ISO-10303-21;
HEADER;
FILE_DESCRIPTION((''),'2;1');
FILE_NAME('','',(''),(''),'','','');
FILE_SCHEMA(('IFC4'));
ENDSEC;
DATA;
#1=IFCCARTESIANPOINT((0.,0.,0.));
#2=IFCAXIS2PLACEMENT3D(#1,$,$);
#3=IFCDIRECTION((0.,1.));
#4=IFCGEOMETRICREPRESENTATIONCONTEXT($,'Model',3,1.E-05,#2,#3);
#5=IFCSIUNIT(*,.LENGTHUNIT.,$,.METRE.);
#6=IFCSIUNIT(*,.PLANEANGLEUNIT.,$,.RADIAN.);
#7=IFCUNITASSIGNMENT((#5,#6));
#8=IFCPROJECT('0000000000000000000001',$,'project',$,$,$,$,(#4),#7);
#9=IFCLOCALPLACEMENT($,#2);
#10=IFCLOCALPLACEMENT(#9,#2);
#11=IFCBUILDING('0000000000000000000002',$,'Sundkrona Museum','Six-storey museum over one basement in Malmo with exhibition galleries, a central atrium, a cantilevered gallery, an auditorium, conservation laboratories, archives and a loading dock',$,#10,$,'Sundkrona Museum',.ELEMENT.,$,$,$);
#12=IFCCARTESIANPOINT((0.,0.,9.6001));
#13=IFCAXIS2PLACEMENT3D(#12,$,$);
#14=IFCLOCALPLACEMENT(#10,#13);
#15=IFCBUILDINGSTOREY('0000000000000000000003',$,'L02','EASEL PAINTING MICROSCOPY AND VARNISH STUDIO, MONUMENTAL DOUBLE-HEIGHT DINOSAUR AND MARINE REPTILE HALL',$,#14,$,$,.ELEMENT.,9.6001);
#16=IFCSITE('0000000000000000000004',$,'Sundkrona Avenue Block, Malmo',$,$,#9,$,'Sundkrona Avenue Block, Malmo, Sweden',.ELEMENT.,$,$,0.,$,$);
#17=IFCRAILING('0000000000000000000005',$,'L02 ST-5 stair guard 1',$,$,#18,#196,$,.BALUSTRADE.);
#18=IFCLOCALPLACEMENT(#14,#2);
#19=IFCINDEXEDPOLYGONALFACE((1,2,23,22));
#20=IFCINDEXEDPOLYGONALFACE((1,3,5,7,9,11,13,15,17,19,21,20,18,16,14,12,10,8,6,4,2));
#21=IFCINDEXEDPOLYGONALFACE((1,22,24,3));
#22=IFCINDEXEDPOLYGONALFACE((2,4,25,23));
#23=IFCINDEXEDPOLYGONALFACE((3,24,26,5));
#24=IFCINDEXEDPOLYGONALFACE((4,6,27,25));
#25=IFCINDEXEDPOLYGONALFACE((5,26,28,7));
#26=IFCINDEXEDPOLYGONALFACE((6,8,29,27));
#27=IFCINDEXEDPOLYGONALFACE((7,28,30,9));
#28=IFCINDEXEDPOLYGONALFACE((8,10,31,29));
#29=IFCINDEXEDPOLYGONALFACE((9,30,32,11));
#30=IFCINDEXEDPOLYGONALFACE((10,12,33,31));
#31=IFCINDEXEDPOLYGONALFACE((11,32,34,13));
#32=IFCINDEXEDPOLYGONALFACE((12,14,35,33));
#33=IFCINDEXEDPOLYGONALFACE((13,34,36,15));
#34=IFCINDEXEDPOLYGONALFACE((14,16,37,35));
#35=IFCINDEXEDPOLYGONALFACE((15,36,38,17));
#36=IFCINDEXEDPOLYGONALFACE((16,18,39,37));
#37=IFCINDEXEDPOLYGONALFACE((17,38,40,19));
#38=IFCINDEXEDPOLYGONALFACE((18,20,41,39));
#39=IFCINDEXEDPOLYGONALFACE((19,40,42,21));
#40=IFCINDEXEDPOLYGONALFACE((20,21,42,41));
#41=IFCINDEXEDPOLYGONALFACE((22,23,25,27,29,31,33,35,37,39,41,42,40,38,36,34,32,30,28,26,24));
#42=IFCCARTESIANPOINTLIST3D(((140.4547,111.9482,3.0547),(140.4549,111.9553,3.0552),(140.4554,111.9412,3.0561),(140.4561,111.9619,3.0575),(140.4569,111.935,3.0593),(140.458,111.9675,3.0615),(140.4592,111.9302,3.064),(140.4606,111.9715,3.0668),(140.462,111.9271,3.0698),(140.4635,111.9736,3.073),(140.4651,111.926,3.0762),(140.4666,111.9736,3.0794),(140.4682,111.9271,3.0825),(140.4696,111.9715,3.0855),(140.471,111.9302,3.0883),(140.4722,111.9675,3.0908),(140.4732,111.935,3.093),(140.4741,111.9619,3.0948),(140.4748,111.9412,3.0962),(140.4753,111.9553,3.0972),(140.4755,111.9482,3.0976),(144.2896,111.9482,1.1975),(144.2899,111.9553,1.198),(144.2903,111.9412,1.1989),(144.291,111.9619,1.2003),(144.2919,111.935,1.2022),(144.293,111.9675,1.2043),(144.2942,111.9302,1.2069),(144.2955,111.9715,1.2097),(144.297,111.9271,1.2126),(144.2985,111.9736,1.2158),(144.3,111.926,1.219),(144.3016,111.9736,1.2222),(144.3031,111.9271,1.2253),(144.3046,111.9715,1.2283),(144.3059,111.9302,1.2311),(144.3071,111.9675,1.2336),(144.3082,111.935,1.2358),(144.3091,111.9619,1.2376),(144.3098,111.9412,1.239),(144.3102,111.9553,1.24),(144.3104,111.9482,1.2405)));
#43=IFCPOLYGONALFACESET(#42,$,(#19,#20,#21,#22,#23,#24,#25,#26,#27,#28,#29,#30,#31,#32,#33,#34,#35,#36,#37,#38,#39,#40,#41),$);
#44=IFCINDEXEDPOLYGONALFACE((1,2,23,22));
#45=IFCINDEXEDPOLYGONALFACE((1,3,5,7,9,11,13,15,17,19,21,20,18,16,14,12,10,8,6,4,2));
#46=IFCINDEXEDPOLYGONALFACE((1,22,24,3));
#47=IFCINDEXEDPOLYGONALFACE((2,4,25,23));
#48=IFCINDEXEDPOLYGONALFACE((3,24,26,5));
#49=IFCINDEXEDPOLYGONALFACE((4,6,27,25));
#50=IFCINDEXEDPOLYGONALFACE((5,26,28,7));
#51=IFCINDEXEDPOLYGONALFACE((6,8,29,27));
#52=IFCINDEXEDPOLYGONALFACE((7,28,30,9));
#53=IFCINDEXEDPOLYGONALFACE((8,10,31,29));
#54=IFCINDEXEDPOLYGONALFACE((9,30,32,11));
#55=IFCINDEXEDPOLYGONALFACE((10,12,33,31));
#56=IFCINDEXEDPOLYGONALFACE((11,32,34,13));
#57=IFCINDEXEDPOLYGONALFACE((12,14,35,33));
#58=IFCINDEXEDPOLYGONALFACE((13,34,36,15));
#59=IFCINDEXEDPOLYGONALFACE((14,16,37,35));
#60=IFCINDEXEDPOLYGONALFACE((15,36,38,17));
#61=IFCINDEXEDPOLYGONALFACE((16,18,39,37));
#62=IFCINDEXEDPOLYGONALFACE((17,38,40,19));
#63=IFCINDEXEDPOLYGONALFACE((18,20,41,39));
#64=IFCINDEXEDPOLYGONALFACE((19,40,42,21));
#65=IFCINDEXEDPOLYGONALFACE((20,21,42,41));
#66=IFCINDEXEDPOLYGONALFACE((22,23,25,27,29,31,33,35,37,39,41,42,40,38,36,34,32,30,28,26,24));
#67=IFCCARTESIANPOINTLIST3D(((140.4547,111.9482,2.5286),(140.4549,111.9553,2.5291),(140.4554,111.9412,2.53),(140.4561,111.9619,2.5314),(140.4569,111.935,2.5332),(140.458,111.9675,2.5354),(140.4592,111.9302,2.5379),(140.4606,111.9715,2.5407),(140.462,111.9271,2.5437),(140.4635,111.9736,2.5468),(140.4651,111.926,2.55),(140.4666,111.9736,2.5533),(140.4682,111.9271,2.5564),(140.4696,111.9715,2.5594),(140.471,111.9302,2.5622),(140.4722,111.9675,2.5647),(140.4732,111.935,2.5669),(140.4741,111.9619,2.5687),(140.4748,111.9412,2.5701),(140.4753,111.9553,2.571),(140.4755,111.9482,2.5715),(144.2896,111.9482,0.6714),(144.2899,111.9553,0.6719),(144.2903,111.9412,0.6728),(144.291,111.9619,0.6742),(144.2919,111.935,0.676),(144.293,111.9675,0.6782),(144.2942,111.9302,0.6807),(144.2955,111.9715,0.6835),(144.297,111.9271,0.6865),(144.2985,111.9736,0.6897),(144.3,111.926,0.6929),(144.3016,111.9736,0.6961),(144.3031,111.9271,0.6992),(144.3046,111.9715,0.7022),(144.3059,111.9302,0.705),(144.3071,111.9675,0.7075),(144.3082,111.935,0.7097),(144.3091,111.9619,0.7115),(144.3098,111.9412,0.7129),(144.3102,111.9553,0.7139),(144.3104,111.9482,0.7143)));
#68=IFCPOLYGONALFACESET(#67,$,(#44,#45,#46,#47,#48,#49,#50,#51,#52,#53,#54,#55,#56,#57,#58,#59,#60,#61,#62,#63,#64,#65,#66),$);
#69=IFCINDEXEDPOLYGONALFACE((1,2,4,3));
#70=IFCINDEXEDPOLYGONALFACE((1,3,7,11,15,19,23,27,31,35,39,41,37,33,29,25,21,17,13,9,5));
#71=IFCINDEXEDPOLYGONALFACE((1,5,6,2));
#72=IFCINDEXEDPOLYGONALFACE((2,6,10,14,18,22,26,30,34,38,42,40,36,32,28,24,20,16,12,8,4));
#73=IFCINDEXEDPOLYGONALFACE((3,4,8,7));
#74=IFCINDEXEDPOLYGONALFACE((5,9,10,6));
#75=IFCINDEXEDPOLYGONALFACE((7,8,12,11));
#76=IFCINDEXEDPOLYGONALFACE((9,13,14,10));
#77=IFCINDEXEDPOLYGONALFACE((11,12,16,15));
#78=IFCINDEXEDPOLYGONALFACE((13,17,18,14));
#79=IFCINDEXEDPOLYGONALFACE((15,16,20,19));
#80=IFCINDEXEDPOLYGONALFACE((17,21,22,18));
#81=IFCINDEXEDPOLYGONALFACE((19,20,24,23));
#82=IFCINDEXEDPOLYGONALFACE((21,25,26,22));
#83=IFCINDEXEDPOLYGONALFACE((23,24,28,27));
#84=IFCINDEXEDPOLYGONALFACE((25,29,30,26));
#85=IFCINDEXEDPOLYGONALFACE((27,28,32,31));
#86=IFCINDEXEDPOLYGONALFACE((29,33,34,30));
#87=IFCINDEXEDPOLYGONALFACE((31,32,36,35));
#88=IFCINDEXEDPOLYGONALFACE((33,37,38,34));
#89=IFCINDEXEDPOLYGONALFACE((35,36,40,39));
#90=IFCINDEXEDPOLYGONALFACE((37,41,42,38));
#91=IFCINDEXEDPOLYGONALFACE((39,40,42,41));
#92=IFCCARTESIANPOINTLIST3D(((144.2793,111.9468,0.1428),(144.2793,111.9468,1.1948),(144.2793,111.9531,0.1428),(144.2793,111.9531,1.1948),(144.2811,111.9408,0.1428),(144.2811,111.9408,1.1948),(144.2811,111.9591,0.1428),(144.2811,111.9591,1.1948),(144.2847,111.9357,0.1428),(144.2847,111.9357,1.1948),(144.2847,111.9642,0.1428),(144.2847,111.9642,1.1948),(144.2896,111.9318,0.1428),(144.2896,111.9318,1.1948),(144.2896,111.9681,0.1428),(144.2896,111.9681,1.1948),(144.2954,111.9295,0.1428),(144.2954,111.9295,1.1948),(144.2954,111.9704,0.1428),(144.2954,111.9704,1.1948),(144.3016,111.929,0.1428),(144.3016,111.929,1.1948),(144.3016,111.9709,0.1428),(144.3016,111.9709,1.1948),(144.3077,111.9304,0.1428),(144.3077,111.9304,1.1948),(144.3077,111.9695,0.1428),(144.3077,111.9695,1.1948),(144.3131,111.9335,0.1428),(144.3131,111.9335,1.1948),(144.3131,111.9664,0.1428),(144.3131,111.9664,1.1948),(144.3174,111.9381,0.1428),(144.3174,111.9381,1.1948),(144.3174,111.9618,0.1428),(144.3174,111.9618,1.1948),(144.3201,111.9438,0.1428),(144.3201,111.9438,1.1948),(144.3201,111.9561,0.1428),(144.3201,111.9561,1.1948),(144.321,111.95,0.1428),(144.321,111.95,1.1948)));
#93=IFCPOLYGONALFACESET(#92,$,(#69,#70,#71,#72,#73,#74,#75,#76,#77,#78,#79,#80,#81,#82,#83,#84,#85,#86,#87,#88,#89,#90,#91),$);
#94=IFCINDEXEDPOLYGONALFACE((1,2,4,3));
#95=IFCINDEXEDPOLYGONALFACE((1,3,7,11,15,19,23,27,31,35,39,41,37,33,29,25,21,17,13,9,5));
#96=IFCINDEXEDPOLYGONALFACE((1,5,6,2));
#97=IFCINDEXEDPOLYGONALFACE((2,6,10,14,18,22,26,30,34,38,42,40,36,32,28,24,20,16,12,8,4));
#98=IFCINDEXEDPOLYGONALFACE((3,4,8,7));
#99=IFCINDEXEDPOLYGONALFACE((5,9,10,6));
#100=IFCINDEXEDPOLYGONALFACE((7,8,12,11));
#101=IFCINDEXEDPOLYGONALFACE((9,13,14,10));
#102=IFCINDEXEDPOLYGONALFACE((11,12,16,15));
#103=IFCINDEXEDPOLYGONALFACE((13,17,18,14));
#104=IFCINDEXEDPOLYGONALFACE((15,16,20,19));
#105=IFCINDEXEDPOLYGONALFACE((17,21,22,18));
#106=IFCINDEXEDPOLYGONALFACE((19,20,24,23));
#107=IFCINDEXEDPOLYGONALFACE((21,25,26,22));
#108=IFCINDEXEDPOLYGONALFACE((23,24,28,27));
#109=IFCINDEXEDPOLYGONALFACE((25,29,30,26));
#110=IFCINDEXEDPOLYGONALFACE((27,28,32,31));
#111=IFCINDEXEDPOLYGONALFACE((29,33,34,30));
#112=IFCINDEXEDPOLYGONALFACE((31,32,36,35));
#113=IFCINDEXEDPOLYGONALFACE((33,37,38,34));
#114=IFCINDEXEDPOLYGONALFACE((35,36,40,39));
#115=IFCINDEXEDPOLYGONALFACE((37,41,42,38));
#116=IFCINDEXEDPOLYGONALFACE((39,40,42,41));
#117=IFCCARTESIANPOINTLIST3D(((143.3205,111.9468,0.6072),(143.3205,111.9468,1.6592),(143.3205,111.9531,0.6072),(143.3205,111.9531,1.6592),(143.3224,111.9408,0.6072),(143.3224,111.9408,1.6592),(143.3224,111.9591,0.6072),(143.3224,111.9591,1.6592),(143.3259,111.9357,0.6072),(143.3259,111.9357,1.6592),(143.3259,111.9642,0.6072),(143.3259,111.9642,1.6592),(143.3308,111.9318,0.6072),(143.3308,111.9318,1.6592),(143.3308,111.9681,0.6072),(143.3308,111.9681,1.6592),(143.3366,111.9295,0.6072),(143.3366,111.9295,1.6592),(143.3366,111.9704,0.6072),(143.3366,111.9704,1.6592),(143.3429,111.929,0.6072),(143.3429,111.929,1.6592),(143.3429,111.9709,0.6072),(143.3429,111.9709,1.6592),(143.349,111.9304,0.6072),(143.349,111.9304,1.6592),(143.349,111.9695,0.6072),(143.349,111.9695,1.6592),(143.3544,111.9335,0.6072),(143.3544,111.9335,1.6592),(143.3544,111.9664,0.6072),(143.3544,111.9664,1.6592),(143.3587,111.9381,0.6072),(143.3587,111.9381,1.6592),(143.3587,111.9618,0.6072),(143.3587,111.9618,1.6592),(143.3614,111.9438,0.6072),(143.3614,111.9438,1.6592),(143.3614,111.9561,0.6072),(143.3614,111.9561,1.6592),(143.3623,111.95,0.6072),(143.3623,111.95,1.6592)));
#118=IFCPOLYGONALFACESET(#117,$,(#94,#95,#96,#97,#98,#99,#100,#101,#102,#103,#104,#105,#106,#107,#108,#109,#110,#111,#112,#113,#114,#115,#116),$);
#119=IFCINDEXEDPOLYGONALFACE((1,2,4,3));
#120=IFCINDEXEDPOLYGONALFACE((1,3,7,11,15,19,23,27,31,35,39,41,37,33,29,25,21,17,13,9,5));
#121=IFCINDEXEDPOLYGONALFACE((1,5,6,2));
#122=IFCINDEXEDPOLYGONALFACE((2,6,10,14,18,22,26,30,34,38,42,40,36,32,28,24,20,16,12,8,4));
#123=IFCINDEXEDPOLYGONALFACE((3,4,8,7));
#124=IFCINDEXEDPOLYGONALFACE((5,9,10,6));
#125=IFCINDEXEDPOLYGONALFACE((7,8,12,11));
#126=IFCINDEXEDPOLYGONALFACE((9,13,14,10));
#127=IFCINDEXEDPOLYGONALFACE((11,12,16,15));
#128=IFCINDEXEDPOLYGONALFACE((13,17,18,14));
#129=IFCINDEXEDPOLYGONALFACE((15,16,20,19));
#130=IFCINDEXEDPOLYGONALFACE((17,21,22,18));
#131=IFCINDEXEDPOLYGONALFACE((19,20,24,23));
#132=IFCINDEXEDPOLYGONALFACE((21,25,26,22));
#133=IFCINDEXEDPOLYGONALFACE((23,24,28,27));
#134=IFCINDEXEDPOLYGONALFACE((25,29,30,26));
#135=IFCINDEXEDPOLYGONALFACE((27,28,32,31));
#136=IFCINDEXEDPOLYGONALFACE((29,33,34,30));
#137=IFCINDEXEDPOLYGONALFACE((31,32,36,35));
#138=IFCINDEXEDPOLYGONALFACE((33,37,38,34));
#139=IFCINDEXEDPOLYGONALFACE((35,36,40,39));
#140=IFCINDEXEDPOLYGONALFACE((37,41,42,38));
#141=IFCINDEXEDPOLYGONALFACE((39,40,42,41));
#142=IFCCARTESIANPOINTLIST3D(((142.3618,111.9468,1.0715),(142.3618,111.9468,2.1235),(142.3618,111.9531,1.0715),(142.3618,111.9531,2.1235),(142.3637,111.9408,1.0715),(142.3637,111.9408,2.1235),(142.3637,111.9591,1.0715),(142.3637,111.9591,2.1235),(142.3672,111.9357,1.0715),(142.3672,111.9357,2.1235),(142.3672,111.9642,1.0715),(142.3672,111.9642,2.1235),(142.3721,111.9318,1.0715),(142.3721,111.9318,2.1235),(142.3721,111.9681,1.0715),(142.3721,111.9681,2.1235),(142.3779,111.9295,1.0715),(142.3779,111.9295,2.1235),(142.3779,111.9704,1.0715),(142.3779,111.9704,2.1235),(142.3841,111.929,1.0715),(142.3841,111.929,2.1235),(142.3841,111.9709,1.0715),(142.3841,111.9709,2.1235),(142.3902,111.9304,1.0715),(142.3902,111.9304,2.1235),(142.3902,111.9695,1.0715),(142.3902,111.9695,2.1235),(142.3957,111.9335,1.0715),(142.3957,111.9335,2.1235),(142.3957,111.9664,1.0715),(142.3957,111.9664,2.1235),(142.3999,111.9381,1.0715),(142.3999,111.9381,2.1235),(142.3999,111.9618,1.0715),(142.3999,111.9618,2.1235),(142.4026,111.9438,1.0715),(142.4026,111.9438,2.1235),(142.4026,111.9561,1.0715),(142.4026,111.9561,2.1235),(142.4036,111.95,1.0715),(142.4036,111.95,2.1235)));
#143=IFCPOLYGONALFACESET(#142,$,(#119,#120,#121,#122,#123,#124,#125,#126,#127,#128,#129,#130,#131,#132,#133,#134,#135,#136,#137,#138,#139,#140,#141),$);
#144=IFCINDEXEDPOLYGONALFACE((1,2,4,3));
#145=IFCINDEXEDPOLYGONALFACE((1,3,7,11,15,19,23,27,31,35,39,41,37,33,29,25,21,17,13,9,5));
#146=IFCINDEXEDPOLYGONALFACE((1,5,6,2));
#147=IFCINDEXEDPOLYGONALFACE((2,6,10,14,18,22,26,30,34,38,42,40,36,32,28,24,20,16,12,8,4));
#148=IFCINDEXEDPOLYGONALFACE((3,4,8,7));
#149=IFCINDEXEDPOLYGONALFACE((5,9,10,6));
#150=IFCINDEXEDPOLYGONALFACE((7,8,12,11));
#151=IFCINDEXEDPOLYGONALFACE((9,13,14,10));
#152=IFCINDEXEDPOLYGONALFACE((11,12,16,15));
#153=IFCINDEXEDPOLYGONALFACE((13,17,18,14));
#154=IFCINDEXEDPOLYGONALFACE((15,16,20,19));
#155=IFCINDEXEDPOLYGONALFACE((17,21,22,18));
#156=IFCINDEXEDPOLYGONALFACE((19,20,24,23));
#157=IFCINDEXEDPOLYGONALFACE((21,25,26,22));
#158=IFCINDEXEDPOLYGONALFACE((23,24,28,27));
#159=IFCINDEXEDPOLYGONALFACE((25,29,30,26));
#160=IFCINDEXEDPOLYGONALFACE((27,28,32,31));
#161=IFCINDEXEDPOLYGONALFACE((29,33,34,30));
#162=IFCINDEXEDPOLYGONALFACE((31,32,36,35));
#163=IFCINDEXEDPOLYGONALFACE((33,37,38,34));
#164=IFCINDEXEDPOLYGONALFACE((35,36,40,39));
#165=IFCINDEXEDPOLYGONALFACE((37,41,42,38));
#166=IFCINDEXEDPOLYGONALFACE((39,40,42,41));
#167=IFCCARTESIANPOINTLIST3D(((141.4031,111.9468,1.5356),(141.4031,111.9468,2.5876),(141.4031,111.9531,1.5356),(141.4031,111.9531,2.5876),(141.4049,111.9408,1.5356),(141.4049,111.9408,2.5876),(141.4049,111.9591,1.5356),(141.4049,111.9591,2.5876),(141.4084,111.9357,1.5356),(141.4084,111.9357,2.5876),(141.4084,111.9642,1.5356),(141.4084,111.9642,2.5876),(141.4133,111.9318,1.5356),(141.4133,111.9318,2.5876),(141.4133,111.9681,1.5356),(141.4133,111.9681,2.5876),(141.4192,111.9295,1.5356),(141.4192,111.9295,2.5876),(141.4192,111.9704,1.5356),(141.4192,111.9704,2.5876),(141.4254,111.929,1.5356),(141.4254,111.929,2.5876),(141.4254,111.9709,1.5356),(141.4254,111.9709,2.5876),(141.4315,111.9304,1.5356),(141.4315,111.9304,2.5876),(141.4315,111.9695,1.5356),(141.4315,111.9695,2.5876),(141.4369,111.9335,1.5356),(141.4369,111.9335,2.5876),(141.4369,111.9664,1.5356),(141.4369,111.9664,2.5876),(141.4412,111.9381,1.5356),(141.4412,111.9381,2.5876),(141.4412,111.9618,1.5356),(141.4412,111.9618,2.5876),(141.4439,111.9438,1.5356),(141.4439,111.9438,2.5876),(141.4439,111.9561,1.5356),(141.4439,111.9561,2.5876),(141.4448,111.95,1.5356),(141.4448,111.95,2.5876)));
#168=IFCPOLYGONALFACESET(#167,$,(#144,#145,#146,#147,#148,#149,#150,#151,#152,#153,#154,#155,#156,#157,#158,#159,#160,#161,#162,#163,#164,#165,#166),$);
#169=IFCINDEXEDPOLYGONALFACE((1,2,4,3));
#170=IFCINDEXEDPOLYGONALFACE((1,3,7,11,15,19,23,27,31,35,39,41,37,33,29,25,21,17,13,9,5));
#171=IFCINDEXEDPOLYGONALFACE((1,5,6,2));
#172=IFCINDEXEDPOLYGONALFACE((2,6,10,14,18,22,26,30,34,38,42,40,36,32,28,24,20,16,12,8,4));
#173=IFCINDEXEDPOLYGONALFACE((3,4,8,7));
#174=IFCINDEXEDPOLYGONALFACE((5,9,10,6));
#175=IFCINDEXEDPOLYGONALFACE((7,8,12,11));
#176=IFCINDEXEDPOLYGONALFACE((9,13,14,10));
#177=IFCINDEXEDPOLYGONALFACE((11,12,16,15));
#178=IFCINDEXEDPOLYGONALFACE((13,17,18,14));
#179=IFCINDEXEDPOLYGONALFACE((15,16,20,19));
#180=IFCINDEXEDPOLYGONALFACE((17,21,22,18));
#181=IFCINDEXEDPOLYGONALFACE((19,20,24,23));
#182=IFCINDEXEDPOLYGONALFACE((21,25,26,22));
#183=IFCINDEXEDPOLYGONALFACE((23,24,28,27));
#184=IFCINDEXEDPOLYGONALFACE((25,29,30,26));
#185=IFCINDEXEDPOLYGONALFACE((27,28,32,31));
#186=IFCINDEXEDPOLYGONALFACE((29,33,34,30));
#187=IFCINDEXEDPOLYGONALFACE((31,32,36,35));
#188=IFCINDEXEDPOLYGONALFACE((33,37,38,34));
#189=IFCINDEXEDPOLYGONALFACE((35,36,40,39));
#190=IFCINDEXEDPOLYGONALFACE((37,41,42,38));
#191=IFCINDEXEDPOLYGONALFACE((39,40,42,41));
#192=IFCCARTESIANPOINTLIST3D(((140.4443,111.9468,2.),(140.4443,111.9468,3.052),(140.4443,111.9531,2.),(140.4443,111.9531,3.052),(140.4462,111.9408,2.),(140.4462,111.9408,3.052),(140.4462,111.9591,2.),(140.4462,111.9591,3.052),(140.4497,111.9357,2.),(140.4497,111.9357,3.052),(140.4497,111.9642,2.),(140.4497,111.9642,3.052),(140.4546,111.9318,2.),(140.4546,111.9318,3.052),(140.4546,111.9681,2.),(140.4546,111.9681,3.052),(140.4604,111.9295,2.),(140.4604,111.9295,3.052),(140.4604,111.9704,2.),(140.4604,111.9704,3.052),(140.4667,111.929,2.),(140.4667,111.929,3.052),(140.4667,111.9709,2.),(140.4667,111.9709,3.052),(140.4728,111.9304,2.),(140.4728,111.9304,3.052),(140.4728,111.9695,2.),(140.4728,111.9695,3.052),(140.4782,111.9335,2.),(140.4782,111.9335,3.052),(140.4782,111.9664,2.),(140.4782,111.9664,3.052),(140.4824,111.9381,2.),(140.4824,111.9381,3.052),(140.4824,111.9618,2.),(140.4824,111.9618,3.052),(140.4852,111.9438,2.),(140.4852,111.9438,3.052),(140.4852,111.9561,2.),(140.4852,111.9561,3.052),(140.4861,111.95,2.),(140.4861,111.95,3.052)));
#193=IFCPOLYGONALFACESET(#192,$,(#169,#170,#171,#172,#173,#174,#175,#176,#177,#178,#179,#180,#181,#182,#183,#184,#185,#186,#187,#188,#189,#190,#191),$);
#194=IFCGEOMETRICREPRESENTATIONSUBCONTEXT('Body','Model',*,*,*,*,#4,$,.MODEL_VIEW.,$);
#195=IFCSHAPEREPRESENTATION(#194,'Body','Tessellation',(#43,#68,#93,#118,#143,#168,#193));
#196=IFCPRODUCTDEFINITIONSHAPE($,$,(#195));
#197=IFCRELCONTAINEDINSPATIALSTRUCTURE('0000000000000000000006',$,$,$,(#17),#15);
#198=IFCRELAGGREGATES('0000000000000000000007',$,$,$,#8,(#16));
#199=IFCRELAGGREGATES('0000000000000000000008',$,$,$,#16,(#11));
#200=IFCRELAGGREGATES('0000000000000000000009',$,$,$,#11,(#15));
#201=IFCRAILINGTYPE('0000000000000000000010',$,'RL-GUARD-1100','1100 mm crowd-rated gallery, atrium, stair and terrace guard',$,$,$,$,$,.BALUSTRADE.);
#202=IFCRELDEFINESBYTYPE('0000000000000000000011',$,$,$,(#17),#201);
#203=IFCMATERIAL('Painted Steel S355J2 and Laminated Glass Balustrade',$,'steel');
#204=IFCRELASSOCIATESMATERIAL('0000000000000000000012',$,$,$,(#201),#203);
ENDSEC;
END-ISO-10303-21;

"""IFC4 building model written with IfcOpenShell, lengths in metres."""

from ifc_helpers import new_model, si_unit, direction, frame, origin, origin_2d, place, context, subcontext, project, spatial, circle, extrude, material, type_object, element, save


model = new_model("IFC4")

# Units and contexts
model_context = context("Model", 3, precision=1e-05, world=origin(), true_north=direction((0.0, 1.0)))
body_context = subcontext(model_context, "Body", "Model", "MODEL_VIEW")
ifc_project = project(units=[si_unit("LENGTHUNIT", "METRE"), si_unit("PLANEANGLEUNIT", "RADIAN")], contexts=[model_context])

# Site, building, storey
site_placement = place(None, origin())
site = spatial("IfcSite", under=ifc_project, at=site_placement, Name="Sundkrona Avenue Block, Malmo", LongName="Sundkrona Avenue Block, Malmo, Sweden", CompositionType="ELEMENT", RefElevation=0.0)
building_placement = place(site_placement, origin())
building = spatial("IfcBuilding", under=site, at=building_placement, Name="Sundkrona Museum", Description="Six-storey museum over one basement in Malmo with exhibition galleries, a central atrium, a cantilevered gallery, an auditorium, conservation laboratories, archives and a loading dock", LongName="Sundkrona Museum", CompositionType="ELEMENT")
storey_placement = place(building_placement, frame((0.0, 0.0, 9.6001)))
storey = spatial("IfcBuildingStorey", under=building, at=storey_placement, Name="L02", Description="EASEL PAINTING MICROSCOPY AND VARNISH STUDIO, MONUMENTAL DOUBLE-HEIGHT DINOSAUR AND MARINE REPTILE HALL", CompositionType="ELEMENT", Elevation=9.6001)

# Railing
ifc_material_1 = material(Name="Painted Steel S355J2 and Laminated Glass Balustrade", Category="steel")
railing_type_1 = type_object("IfcRailingType", Name="RL-GUARD-1100", Description="1100 mm crowd-rated gallery, atrium, stair and terrace guard", PredefinedType="BALUSTRADE", material=ifc_material_1)
railing_1_placement = place(storey_placement, frame((144.3, 111.95, 0.1428)))
element("IfcRailing", 1, at=railing_1_placement, inside=storey, type_object=railing_type_1, Name="L02 ST-5 stair guard 1", PredefinedType="BALUSTRADE", context=body_context, shape_type="SweptSolid", body=[
    extrude(circle(Radius=0.0239, at=origin_2d()), frame((0.0, 0.0, 1.0762), z_axis=(-0.900016, 0.0, 0.435856), x_axis=(0.0, -1.0, 0.0)), (0.0, 0.0, 1.0), 4.261),
    extrude(circle(Radius=0.0239, at=origin_2d()), frame((0.0, 0.0, 0.55), z_axis=(-0.900016, 0.0, 0.435856), x_axis=(0.0, -1.0, 0.0)), (0.0, 0.0, 1.0), 4.261),
    extrude(circle(Radius=0.021, at=origin_2d()), origin(), (0.0, 0.0, 1.0), 1.052),
    extrude(circle(Radius=0.021, at=origin_2d()), frame((-0.9587, 0.0, 0.4644)), (0.0, 0.0, 1.0), 1.052),
    extrude(circle(Radius=0.021, at=origin_2d()), frame((-1.9175, 0.0, 0.9287)), (0.0, 0.0, 1.0), 1.052),
    extrude(circle(Radius=0.021, at=origin_2d()), frame((-2.8762, 0.0, 1.3928)), (0.0, 0.0, 1.0), 1.052),
    extrude(circle(Radius=0.021, at=origin_2d()), frame((-3.835, 0.0, 1.8572)), (0.0, 0.0, 1.0), 1.052),
])

save(model, "model.ifc")
